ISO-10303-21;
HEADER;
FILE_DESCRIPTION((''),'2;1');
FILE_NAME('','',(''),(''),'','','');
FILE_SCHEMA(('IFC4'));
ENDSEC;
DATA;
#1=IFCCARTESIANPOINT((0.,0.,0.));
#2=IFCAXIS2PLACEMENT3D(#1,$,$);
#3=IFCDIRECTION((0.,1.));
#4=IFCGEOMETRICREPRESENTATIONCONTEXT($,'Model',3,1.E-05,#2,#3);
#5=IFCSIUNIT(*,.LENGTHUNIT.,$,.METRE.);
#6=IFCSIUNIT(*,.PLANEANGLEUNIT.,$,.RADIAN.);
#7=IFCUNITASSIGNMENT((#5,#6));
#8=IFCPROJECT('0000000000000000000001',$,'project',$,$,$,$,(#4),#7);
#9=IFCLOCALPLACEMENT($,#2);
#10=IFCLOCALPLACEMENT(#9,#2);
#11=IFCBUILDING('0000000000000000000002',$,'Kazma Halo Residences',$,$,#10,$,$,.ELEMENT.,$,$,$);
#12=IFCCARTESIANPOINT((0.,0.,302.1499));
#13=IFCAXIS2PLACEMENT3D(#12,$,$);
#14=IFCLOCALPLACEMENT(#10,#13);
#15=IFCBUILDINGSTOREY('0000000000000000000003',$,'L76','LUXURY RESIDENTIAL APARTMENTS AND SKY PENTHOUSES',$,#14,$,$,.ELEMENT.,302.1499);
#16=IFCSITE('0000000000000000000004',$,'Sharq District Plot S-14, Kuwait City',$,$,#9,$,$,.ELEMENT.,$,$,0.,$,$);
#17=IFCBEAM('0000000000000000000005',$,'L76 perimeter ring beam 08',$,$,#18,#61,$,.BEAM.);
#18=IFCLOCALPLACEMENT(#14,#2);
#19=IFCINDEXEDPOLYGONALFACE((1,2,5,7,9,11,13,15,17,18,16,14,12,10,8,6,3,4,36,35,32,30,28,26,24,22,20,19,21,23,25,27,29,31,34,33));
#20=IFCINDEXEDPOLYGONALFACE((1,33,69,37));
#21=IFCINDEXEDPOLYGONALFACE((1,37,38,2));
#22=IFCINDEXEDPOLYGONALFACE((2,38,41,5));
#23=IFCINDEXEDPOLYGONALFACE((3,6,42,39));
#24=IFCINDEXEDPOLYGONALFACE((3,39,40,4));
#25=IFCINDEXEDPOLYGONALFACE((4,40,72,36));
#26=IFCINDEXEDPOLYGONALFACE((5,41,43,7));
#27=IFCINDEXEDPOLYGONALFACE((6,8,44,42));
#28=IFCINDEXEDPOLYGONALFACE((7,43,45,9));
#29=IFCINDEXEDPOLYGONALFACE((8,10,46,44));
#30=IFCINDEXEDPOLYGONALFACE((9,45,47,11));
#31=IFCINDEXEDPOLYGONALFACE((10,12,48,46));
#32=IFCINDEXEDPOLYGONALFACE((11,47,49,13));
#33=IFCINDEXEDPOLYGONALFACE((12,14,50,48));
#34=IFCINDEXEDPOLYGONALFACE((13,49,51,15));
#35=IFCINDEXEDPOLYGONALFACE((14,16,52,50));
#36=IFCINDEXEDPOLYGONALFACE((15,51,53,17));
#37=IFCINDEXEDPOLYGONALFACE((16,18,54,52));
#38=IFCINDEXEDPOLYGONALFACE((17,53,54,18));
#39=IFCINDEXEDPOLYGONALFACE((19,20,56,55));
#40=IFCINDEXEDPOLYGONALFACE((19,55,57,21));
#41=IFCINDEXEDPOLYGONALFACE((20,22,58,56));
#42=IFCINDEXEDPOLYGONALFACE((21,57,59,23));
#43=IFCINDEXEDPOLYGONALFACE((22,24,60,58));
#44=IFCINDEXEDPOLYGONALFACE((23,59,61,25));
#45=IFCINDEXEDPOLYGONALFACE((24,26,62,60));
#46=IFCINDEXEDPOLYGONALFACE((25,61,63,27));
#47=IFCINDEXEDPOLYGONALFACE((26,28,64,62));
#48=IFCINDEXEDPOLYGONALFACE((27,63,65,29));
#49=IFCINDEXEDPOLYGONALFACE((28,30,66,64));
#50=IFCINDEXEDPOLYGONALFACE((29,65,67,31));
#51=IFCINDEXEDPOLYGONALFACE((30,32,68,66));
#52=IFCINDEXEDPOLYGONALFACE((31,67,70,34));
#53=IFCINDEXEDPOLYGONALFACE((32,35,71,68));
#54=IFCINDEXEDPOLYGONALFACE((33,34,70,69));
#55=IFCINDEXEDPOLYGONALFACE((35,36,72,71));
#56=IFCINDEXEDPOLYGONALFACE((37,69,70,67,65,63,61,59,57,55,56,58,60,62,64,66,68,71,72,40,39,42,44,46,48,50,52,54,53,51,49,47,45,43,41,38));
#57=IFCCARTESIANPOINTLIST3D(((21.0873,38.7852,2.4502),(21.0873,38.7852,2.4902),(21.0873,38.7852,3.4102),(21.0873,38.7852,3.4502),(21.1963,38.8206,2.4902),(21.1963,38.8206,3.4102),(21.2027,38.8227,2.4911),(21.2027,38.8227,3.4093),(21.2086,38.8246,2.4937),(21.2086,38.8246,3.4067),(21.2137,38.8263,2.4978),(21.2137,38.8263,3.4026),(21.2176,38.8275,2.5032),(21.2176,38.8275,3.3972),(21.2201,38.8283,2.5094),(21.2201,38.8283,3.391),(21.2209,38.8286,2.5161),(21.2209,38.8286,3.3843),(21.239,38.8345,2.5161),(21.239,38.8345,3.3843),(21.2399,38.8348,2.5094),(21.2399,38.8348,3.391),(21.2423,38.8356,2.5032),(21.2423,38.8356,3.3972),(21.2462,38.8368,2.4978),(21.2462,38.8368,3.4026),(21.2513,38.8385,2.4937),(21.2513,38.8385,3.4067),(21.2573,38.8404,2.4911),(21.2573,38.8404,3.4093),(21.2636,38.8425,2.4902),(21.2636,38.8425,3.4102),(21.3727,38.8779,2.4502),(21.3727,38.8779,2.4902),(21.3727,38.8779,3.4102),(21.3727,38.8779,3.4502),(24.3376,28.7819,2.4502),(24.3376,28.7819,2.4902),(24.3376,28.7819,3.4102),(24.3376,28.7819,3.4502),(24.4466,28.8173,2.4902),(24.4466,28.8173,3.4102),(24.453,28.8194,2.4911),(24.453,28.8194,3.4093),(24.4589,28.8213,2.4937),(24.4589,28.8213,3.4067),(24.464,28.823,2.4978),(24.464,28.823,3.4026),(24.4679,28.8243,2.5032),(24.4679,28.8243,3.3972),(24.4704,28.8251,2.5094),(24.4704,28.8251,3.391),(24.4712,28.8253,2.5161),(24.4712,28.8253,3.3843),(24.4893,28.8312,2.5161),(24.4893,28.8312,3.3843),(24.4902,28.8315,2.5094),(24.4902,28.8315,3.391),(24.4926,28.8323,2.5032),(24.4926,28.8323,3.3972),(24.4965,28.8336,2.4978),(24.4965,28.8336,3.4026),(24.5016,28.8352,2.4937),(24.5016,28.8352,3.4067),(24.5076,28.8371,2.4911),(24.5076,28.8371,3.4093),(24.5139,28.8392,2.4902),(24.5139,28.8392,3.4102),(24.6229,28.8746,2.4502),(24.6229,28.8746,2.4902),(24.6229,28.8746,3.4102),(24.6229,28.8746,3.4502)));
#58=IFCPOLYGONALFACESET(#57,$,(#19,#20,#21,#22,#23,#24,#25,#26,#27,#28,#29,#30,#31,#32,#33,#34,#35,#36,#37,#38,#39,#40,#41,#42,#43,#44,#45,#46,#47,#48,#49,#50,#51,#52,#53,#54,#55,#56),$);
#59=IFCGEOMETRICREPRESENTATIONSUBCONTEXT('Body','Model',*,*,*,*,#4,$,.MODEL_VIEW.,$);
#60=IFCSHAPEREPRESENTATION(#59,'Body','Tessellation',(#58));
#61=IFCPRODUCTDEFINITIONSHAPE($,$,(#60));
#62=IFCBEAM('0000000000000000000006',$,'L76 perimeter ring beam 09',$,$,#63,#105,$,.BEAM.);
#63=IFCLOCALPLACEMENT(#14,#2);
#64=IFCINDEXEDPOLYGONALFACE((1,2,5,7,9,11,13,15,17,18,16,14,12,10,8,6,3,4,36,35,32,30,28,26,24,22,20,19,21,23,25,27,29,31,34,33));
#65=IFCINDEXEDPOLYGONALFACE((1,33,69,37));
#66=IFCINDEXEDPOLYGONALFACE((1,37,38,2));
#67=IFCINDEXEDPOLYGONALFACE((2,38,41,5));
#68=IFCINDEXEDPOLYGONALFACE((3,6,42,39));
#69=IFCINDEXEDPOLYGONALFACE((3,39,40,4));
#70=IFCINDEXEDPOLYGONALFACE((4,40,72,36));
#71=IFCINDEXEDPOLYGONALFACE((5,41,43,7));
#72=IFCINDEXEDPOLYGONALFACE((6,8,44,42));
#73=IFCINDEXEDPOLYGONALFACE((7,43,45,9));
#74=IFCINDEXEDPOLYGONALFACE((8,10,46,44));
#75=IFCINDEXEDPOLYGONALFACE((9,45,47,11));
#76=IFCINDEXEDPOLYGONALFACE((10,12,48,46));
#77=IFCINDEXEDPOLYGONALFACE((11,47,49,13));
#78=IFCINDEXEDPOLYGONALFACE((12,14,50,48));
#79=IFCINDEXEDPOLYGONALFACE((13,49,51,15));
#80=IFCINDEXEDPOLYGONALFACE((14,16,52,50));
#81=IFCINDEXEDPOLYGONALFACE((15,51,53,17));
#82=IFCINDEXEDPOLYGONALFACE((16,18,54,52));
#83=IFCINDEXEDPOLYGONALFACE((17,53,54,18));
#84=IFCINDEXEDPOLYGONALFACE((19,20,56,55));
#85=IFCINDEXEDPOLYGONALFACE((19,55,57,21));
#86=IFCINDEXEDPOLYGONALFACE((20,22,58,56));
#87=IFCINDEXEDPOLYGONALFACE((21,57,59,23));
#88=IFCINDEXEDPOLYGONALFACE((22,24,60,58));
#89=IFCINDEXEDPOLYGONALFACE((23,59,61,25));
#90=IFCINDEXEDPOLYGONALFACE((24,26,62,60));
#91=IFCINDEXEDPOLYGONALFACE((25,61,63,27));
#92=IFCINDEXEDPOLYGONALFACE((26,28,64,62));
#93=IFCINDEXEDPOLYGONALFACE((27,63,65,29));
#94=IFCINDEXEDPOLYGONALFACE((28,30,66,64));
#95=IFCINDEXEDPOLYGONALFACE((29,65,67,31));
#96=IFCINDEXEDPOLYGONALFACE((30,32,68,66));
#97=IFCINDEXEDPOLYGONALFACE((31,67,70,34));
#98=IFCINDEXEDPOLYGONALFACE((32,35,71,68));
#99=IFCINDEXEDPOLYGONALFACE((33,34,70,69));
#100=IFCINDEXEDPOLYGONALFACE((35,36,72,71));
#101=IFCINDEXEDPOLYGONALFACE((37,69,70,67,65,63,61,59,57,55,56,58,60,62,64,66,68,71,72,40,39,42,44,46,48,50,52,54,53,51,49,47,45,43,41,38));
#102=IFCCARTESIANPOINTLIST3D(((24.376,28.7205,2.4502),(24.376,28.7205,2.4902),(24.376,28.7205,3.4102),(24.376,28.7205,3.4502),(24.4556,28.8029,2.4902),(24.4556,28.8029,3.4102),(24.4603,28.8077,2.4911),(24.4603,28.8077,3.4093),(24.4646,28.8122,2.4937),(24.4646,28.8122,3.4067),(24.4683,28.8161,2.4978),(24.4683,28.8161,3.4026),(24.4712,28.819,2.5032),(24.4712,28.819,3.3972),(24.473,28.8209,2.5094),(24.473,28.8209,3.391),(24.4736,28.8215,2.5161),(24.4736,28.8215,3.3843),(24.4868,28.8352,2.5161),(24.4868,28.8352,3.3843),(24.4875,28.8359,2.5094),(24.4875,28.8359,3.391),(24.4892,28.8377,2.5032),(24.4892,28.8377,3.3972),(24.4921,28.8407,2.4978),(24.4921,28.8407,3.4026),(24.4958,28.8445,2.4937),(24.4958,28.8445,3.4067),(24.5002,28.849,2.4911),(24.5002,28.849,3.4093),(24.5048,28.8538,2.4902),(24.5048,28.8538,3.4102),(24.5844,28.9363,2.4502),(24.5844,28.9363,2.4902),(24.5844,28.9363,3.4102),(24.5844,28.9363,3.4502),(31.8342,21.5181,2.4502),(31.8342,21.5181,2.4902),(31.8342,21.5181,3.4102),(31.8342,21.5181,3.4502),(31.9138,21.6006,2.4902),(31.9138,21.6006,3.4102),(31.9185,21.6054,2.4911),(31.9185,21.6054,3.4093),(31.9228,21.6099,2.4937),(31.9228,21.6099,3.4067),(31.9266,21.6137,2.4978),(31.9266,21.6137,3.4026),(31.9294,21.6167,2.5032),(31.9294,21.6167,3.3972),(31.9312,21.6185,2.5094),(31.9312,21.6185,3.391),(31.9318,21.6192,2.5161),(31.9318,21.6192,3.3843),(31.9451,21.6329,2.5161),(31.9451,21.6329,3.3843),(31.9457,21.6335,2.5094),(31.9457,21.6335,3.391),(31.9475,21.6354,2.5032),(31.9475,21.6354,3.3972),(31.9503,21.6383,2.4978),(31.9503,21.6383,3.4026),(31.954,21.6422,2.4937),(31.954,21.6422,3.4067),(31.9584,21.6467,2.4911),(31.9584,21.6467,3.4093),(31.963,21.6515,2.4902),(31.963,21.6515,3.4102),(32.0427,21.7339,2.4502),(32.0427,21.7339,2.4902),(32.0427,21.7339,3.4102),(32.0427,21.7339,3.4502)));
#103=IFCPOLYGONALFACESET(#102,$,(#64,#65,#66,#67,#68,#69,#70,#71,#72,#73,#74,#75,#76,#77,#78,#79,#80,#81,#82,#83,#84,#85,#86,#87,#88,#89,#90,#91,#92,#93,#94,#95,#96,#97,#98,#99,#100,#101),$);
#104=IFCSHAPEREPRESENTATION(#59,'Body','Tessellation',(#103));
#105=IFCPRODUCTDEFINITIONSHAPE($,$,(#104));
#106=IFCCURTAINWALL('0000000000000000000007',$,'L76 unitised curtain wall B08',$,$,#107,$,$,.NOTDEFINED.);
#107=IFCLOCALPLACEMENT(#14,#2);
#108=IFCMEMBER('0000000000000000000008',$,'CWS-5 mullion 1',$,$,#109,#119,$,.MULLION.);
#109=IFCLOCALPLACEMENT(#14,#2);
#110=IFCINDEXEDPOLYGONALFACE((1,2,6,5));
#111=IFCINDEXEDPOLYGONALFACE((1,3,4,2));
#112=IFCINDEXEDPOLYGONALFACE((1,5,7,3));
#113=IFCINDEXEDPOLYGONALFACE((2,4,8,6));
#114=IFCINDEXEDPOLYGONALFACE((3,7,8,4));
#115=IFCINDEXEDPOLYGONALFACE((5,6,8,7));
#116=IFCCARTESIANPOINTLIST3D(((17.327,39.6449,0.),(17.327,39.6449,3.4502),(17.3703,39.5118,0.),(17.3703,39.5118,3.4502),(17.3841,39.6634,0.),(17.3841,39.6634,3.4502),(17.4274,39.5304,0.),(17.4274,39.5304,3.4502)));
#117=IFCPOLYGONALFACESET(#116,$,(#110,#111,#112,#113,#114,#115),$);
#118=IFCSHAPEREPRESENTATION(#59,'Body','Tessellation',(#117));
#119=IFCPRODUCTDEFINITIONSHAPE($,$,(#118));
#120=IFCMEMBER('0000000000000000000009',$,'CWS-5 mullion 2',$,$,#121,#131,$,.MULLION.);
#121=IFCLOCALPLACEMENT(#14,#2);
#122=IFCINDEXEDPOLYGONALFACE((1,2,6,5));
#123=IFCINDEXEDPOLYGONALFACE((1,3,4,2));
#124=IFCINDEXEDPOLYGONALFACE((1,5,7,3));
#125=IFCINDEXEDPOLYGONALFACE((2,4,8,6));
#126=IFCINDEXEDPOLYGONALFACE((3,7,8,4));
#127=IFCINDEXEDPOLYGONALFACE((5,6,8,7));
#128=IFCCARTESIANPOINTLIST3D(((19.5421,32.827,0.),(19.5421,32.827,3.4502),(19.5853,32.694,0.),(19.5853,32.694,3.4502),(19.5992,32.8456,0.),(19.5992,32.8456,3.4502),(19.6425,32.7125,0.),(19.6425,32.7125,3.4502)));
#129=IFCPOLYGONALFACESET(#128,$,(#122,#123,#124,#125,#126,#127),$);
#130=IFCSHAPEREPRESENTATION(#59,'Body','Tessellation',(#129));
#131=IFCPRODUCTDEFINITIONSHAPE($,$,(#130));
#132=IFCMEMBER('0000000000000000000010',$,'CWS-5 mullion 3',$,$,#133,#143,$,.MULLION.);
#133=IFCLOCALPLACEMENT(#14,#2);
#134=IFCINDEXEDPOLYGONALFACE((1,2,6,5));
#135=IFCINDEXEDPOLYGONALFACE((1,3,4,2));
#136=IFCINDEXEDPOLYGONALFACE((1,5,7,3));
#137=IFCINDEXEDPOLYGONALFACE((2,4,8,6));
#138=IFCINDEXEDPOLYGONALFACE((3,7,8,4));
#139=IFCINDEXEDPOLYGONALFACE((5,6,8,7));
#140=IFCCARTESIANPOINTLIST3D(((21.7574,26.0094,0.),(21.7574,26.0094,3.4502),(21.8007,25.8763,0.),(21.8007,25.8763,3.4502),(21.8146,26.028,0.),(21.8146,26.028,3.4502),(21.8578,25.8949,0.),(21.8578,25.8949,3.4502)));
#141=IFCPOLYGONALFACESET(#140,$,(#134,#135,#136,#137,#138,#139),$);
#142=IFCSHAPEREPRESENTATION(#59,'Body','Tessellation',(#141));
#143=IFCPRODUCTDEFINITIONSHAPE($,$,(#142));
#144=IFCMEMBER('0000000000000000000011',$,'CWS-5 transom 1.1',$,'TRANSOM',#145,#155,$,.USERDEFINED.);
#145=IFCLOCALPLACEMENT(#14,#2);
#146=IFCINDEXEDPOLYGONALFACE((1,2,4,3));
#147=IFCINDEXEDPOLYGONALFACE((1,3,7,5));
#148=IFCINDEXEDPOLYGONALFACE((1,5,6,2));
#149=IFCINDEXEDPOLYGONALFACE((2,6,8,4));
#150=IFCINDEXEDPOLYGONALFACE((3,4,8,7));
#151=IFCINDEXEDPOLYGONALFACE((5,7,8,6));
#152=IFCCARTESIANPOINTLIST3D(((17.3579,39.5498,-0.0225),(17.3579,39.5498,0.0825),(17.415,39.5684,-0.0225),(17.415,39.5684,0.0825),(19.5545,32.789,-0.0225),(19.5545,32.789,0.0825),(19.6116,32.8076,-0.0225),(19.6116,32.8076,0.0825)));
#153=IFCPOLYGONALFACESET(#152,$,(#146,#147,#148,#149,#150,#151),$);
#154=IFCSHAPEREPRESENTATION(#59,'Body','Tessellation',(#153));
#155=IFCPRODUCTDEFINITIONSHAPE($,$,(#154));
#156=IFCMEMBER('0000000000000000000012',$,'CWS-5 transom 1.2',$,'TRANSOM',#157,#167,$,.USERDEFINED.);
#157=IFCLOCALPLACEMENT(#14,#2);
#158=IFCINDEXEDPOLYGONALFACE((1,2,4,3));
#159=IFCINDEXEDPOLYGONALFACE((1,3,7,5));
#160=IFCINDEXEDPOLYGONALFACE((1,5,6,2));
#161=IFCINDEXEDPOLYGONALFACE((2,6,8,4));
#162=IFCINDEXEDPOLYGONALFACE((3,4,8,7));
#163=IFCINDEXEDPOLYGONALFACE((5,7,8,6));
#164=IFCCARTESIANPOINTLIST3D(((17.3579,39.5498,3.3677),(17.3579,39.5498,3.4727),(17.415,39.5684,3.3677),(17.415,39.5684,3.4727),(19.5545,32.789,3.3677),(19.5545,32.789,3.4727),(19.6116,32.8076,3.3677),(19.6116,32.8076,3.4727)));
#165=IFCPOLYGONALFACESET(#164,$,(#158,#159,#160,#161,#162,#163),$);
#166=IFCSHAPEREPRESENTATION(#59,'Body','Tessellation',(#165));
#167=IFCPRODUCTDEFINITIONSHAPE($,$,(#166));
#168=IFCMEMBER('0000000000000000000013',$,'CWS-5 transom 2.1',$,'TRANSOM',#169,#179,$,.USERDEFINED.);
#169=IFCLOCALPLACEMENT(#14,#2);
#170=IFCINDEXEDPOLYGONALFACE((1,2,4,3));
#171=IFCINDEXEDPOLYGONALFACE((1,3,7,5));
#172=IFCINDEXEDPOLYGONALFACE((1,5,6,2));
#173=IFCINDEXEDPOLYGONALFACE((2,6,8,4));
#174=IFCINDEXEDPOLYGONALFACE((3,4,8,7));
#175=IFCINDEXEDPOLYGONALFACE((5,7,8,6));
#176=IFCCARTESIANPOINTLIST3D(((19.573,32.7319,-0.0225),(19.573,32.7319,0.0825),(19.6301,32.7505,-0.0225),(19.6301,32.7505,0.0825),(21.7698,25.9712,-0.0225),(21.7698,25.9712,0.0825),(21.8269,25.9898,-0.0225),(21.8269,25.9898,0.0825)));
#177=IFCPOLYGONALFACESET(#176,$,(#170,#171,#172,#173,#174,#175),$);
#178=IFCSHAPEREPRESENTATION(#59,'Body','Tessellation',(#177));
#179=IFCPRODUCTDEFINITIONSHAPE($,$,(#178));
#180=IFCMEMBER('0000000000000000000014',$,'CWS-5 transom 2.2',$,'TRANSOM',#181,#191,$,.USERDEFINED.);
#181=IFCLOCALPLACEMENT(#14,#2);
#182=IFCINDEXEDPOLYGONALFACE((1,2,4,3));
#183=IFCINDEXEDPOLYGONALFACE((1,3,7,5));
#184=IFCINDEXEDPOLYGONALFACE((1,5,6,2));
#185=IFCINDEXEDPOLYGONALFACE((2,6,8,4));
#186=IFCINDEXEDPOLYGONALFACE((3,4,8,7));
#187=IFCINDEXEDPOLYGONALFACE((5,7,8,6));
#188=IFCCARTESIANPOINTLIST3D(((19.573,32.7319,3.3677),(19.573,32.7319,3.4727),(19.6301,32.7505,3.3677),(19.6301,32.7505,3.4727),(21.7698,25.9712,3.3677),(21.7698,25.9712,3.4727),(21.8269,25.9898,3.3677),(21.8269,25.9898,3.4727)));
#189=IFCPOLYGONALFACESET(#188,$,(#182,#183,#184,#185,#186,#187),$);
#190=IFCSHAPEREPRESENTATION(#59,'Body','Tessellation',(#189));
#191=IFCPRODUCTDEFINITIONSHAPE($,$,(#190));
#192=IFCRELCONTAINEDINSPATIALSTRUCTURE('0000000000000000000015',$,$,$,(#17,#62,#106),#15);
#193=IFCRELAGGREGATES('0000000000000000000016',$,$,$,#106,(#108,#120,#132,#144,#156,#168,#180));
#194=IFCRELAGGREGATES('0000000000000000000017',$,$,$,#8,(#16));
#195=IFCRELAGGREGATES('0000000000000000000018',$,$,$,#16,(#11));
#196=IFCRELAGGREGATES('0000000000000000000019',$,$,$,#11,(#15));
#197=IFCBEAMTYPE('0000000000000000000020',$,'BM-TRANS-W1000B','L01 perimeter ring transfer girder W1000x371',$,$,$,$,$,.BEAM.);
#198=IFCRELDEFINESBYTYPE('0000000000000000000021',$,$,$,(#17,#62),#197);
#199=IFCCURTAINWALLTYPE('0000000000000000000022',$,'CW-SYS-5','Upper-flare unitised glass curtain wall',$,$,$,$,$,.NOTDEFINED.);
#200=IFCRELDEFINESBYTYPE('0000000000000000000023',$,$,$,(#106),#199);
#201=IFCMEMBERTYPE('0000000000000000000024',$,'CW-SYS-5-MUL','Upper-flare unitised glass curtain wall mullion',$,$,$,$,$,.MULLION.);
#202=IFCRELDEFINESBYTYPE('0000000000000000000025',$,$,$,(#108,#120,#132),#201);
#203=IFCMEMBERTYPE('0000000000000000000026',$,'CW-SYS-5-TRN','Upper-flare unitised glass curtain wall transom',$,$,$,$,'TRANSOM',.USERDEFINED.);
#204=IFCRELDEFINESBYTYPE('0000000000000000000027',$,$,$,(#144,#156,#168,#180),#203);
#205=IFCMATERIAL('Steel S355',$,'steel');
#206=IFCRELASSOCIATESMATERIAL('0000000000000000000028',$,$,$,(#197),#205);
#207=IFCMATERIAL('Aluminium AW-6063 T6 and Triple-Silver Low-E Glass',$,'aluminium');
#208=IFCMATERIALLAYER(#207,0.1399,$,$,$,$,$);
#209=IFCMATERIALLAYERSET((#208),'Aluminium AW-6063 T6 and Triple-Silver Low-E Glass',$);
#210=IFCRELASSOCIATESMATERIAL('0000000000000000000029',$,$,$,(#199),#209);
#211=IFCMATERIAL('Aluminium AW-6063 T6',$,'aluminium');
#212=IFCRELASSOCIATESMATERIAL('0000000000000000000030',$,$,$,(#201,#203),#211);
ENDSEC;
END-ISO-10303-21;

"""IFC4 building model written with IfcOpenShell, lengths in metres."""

from ifc_helpers import new_model, si_unit, direction, frame, origin, origin_2d, place, context, subcontext, project, spatial, rectangle, i_section, extrude, material, layer, layer_set, material_profile, profile_set, type_object, element, aggregate, save


model = new_model("IFC4")

# Units and contexts
model_context = context("Model", 3, precision=1e-05, world=origin(), true_north=direction((0.0, 1.0)))
body_context = subcontext(model_context, "Body", "Model", "MODEL_VIEW")
ifc_project = project(units=[si_unit("LENGTHUNIT", "METRE"), si_unit("PLANEANGLEUNIT", "RADIAN")], contexts=[model_context])

# Site, building, storey
site_placement = place(None, origin())
site = spatial("IfcSite", under=ifc_project, at=site_placement, Name="Sharq District Plot S-14, Kuwait City", CompositionType="ELEMENT", RefElevation=0.0)
building_placement = place(site_placement, origin())
building = spatial("IfcBuilding", under=site, at=building_placement, Name="Kazma Halo Residences", CompositionType="ELEMENT")
storey_placement = place(building_placement, frame((0.0, 0.0, 302.1499)))
storey = spatial("IfcBuildingStorey", under=building, at=storey_placement, Name="L76", Description="LUXURY RESIDENTIAL APARTMENTS AND SKY PENTHOUSES", CompositionType="ELEMENT", Elevation=302.1499)

# Beams
ifc_material_1 = material(Name="Steel S355", Category="steel")
ifc_material_profile_1 = material_profile(ifc_material_1, i_section(OverallWidth=0.3, OverallDepth=1.0, WebThickness=0.019, FlangeThickness=0.04, FilletRadius=0.0259, at=origin_2d()), Name="W1000x371")
ifc_profile_set_1 = profile_set([ifc_material_profile_1], Name="Steel S355")
beam_type_1 = type_object("IfcBeamType", Name="BM-TRANS-W1000B", Description="L01 perimeter ring transfer girder W1000x371", PredefinedType="BEAM", material=ifc_profile_set_1)
beam_1_placement = place(storey_placement, frame((21.23, 38.8315, 2.9502), z_axis=(0.309018, -0.951056, 0.0), x_axis=(0.951056, 0.309018, 0.0)))
element("IfcBeam", 1, at=beam_1_placement, inside=storey, type_object=beam_type_1, Name="L76 perimeter ring beam 08", PredefinedType="BEAM", context=body_context, shape_type="SweptSolid", body=[
    extrude(i_section(OverallWidth=0.3, OverallDepth=1.0, WebThickness=0.019, FlangeThickness=0.04, FilletRadius=0.0259, at=origin_2d()), origin(), (0.0, 0.0, 1.0), 10.5181),
])
beam_2_placement = place(storey_placement, frame((24.4802, 28.8284, 2.9502), z_axis=(0.719338, -0.69466, 0.0), x_axis=(0.69466, 0.719338, 0.0)))
element("IfcBeam", 2, at=beam_2_placement, inside=storey, type_object=beam_type_1, Name="L76 perimeter ring beam 09", PredefinedType="BEAM", context=body_context, shape_type="SweptSolid", body=[
    extrude(i_section(OverallWidth=0.3, OverallDepth=1.0, WebThickness=0.019, FlangeThickness=0.04, FilletRadius=0.0259, at=origin_2d()), origin(), (0.0, 0.0, 1.0), 10.3682),
])

# Curtain wall, members
ifc_material_2 = material(Name="Aluminium AW-6063 T6 and Triple-Silver Low-E Glass", Category="aluminium")
ifc_layer_1 = layer(ifc_material_2, 0.1399)
ifc_layer_set_1 = layer_set([ifc_layer_1], Name="Aluminium AW-6063 T6 and Triple-Silver Low-E Glass")
curtain_wall_type = type_object("IfcCurtainWallType", Name="CW-SYS-5", Description="Upper-flare unitised glass curtain wall", PredefinedType="NOTDEFINED", material=ifc_layer_set_1)
curtain_wall_placement = place(storey_placement, origin())
curtain_wall = element("IfcCurtainWall", 3, at=curtain_wall_placement, inside=storey, type_object=curtain_wall_type, Name="L76 unitised curtain wall B08", PredefinedType="NOTDEFINED")
ifc_material_3 = material(Name="Aluminium AW-6063 T6", Category="aluminium")
ifc_material_profile_2 = material_profile(ifc_material_3, rectangle(XDim=0.0601, YDim=0.1399, at=origin_2d()), Name="CWM-60x140")
ifc_profile_set_2 = profile_set([ifc_material_profile_2], Name="Aluminium AW-6063 T6")
member_type_1 = type_object("IfcMemberType", Name="CW-SYS-5-MUL", Description="Upper-flare unitised glass curtain wall mullion", PredefinedType="MULLION", material=ifc_profile_set_2)
member_1_placement = place(storey_placement, frame((17.3772, 39.5876, 0.0), z_axis=(0.0, 0.0, 1.0), x_axis=(0.951058, 0.309011, 0.0)))
member_1 = element("IfcMember", 4, at=member_1_placement, type_object=member_type_1, Name="CWS-5 mullion 1", PredefinedType="MULLION", context=body_context, shape_type="SweptSolid", body=[
    extrude(rectangle(XDim=0.0601, YDim=0.1399, at=origin_2d()), origin(), (0.0, 0.0, 1.0), 3.4502),
])
member_2_placement = place(storey_placement, frame((19.5923, 32.7698, 0.0), z_axis=(0.0, 0.0, 1.0), x_axis=(0.951058, 0.309011, 0.0)))
member_2 = element("IfcMember", 5, at=member_2_placement, type_object=member_type_1, Name="CWS-5 mullion 2", PredefinedType="MULLION", context=body_context, shape_type="SweptSolid", body=[
    extrude(rectangle(XDim=0.0601, YDim=0.1399, at=origin_2d()), origin(), (0.0, 0.0, 1.0), 3.4502),
])
member_3_placement = place(storey_placement, frame((21.8076, 25.9521, 0.0), z_axis=(0.0, 0.0, 1.0), x_axis=(0.951058, 0.309011, 0.0)))
member_3 = element("IfcMember", 6, at=member_3_placement, type_object=member_type_1, Name="CWS-5 mullion 3", PredefinedType="MULLION", context=body_context, shape_type="SweptSolid", body=[
    extrude(rectangle(XDim=0.0601, YDim=0.1399, at=origin_2d()), origin(), (0.0, 0.0, 1.0), 3.4502),
])
ifc_material_profile_3 = material_profile(ifc_material_3, rectangle(XDim=0.0601, YDim=0.105, at=origin_2d()), Name="CWT-60x105")
ifc_profile_set_3 = profile_set([ifc_material_profile_3], Name="Aluminium AW-6063 T6")
member_type_2 = type_object("IfcMemberType", Name="CW-SYS-5-TRN", Description="Upper-flare unitised glass curtain wall transom", ElementType="TRANSOM", PredefinedType="USERDEFINED", material=ifc_profile_set_3)
member_4_placement = place(storey_placement, frame((17.3865, 39.5591, 0.03), z_axis=(0.308996, -0.951063, 0.0), x_axis=(0.951063, 0.308996, 0.0)))
member_4 = element("IfcMember", 7, at=member_4_placement, type_object=member_type_2, Name="CWS-5 transom 1.1", ObjectType="TRANSOM", PredefinedType="USERDEFINED", context=body_context, shape_type="SweptSolid", body=[
    extrude(rectangle(XDim=0.0601, YDim=0.105, at=origin_2d()), origin(), (0.0, 0.0, 1.0), 7.1086),
])
member_5_placement = place(storey_placement, frame((17.3865, 39.5591, 3.4202), z_axis=(0.308996, -0.951063, 0.0), x_axis=(0.951063, 0.308996, 0.0)))
member_5 = element("IfcMember", 8, at=member_5_placement, type_object=member_type_2, Name="CWS-5 transom 1.2", ObjectType="TRANSOM", PredefinedType="USERDEFINED", context=body_context, shape_type="SweptSolid", body=[
    extrude(rectangle(XDim=0.0601, YDim=0.105, at=origin_2d()), origin(), (0.0, 0.0, 1.0), 7.1086),
])
member_6_placement = place(storey_placement, frame((19.6016, 32.7412, 0.03), z_axis=(0.309027, -0.951053, 0.0), x_axis=(0.951053, 0.309027, 0.0)))
member_6 = element("IfcMember", 9, at=member_6_placement, type_object=member_type_2, Name="CWS-5 transom 2.1", ObjectType="TRANSOM", PredefinedType="USERDEFINED", context=body_context, shape_type="SweptSolid", body=[
    extrude(rectangle(XDim=0.0601, YDim=0.105, at=origin_2d()), origin(), (0.0, 0.0, 1.0), 7.1086),
])
member_7_placement = place(storey_placement, frame((19.6016, 32.7412, 3.4202), z_axis=(0.309027, -0.951053, 0.0), x_axis=(0.951053, 0.309027, 0.0)))
member_7 = element("IfcMember", 10, at=member_7_placement, type_object=member_type_2, Name="CWS-5 transom 2.2", ObjectType="TRANSOM", PredefinedType="USERDEFINED", context=body_context, shape_type="SweptSolid", body=[
    extrude(rectangle(XDim=0.0601, YDim=0.105, at=origin_2d()), origin(), (0.0, 0.0, 1.0), 7.1086),
])
aggregate(curtain_wall, [member_1, member_2, member_3, member_4, member_5, member_6, member_7])

save(model, "model.ifc")
